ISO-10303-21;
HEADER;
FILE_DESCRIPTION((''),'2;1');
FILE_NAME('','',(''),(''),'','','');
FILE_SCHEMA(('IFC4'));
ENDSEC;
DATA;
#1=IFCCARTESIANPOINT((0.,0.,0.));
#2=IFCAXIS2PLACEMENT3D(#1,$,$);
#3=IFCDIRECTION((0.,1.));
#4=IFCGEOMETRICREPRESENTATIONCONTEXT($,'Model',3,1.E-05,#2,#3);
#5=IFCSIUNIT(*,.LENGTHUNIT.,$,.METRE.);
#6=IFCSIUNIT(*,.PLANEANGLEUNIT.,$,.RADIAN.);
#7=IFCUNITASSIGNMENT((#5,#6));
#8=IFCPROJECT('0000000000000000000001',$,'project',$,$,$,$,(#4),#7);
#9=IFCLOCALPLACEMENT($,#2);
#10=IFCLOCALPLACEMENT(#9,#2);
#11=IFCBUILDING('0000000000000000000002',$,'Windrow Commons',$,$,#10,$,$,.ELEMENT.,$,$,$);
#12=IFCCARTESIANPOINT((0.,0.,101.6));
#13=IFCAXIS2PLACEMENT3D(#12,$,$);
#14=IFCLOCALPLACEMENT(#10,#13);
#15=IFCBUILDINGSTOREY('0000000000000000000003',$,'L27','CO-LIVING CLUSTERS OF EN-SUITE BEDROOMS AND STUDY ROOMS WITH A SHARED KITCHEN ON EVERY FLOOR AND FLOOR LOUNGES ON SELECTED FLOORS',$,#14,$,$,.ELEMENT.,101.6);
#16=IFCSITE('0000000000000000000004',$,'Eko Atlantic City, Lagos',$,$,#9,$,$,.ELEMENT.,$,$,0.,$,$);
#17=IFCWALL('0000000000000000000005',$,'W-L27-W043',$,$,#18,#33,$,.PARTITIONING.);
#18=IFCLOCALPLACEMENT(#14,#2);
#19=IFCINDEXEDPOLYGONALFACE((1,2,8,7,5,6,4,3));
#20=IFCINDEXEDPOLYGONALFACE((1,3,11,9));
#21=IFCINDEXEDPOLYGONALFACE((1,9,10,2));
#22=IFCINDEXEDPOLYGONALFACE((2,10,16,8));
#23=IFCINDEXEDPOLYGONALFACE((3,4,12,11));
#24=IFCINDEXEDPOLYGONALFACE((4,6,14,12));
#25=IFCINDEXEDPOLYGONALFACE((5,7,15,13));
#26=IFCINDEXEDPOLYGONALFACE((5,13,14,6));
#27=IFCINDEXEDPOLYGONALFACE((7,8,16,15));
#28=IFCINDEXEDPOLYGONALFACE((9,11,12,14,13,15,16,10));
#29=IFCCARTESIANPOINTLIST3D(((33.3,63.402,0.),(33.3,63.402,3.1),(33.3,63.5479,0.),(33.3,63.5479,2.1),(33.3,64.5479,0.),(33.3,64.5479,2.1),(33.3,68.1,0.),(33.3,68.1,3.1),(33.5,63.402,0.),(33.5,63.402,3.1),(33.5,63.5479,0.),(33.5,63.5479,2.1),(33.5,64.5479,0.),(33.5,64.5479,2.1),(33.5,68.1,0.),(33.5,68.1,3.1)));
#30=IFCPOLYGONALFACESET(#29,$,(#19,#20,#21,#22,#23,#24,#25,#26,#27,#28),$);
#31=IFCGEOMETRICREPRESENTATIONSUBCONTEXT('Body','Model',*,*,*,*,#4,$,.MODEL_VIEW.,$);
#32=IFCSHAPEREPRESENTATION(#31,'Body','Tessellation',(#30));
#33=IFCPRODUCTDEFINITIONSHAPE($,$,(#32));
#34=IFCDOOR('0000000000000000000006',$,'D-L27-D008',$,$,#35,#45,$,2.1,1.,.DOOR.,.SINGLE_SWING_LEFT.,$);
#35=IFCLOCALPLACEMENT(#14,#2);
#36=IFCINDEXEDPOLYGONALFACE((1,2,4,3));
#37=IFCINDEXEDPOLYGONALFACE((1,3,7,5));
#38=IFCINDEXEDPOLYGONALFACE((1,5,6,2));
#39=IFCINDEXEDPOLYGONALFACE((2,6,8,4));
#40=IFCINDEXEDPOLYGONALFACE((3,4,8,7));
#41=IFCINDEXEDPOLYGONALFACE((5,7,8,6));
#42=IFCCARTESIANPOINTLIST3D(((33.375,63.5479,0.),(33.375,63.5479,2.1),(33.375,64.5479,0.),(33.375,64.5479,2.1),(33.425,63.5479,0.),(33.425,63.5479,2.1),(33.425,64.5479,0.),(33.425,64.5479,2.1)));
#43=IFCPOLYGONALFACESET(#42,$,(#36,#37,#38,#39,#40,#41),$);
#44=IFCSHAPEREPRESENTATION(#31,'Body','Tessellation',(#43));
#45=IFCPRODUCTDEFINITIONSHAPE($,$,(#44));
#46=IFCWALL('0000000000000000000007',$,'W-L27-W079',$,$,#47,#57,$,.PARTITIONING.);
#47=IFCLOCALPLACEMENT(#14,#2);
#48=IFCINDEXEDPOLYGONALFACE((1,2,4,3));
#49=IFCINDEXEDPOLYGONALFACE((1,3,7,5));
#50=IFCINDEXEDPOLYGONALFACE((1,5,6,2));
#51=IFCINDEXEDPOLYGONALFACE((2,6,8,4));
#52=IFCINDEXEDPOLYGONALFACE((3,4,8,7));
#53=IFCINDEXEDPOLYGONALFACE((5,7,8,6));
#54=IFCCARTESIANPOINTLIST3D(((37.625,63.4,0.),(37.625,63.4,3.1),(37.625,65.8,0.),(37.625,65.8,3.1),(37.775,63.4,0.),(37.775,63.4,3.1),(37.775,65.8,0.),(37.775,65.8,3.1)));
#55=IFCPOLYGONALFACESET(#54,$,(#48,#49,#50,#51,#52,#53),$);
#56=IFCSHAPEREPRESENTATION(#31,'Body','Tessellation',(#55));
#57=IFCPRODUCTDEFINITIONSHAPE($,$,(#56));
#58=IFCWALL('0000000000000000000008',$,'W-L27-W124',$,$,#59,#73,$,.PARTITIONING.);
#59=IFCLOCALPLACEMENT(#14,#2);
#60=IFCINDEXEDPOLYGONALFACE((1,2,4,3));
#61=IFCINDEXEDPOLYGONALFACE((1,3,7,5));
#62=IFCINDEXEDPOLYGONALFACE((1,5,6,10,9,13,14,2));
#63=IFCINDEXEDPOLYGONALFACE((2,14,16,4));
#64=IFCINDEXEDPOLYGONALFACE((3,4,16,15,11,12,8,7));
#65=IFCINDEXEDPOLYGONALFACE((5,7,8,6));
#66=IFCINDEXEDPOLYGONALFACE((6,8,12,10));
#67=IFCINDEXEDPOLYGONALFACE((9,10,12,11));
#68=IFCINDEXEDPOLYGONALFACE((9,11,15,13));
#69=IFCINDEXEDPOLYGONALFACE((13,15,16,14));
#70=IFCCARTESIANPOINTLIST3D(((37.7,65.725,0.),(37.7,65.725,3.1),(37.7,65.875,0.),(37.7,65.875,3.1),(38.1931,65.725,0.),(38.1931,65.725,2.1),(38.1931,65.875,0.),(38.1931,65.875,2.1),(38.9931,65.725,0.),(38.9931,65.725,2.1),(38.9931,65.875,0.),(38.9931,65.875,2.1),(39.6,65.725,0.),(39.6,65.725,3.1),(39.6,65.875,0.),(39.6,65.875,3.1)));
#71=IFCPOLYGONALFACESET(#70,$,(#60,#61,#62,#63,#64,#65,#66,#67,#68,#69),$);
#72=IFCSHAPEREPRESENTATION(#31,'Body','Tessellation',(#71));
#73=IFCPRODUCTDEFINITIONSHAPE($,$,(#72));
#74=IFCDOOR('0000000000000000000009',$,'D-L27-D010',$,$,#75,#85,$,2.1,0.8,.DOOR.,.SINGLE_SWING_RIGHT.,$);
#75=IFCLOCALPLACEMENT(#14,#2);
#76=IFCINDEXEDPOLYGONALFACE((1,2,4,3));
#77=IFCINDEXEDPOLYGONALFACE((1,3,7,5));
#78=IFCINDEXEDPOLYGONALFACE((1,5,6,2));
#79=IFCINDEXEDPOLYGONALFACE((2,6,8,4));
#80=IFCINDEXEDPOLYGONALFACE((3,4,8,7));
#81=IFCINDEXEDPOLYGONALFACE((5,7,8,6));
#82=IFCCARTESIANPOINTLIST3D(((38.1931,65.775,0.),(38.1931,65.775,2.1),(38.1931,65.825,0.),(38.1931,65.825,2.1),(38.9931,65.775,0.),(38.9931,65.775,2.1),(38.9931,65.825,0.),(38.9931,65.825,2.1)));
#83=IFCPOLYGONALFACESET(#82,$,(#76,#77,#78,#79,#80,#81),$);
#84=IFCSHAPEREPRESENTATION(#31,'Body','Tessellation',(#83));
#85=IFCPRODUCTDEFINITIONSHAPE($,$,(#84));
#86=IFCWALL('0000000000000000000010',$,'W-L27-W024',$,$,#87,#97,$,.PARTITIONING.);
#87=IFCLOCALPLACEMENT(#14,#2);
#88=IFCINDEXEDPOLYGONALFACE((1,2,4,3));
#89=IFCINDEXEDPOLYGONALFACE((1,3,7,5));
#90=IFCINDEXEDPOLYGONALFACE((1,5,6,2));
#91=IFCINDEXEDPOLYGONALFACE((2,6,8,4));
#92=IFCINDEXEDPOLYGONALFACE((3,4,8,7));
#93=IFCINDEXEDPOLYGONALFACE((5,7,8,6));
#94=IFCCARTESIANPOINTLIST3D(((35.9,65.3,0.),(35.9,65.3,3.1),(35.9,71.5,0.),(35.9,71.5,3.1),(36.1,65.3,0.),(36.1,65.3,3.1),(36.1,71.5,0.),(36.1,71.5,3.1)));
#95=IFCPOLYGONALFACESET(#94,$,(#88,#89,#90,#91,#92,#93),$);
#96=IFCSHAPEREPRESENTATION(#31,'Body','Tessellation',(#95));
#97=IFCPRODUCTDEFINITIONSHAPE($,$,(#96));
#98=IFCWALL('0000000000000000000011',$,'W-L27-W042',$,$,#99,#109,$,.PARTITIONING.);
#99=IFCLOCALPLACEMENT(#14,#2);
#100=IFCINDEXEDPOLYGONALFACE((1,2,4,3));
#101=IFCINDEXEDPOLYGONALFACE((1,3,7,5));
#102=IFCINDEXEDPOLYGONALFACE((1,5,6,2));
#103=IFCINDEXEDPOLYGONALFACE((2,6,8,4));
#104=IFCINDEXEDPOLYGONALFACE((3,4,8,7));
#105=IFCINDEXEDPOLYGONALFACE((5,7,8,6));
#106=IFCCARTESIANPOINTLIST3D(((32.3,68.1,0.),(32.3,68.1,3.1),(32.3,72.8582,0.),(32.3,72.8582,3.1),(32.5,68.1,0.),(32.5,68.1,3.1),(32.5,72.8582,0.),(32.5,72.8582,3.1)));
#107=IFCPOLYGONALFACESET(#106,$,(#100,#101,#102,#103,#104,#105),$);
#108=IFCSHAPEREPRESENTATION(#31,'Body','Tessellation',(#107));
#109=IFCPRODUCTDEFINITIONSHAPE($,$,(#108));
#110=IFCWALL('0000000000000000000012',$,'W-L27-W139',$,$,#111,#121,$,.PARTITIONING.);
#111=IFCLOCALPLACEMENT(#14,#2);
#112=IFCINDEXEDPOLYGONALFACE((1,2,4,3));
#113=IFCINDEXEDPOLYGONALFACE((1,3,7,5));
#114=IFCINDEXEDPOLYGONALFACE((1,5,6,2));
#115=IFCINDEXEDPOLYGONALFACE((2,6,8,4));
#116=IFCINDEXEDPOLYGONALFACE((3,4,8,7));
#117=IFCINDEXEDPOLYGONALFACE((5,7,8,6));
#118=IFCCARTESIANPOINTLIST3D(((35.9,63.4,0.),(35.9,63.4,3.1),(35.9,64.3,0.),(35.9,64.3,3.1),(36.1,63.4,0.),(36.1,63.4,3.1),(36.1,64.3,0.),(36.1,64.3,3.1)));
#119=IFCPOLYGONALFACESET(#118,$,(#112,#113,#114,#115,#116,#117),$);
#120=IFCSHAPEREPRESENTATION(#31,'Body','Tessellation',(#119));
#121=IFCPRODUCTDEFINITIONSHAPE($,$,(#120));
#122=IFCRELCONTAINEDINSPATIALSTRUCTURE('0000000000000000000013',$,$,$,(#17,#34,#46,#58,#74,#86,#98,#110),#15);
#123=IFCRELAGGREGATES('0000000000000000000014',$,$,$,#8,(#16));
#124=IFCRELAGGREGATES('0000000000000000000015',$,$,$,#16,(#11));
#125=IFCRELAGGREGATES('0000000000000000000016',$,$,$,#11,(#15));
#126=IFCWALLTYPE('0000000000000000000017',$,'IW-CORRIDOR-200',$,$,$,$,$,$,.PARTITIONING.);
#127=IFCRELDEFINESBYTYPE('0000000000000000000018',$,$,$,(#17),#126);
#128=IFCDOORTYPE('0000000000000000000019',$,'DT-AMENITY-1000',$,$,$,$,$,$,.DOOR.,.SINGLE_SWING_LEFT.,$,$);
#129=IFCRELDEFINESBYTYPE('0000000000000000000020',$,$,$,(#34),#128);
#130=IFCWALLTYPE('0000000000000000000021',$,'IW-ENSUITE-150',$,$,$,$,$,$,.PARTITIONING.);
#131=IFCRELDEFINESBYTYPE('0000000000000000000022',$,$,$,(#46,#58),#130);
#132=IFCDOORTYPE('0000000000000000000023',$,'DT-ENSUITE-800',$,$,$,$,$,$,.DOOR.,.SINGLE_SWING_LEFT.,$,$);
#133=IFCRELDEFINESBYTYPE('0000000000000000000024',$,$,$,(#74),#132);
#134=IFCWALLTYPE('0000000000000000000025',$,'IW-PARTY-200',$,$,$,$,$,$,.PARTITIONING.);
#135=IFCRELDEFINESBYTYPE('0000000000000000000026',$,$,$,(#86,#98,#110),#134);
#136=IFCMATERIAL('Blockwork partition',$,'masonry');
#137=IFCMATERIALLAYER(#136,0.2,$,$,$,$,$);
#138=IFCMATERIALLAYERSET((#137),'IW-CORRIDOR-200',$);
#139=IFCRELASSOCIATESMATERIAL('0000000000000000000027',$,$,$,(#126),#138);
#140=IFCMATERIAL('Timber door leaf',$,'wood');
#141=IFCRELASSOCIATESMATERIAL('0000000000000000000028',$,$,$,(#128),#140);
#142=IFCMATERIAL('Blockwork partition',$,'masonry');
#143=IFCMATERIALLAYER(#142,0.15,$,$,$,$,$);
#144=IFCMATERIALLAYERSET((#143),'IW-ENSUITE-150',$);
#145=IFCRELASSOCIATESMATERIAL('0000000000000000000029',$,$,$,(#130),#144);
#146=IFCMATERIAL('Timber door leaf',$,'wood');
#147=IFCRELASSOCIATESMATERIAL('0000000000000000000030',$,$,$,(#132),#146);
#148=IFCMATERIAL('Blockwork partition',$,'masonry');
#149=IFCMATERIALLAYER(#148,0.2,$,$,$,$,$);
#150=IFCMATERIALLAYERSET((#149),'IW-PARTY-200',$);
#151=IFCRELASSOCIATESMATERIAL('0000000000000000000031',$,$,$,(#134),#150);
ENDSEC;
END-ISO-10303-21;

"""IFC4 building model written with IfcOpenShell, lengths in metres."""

from ifc_helpers import new_model, si_unit, direction, frame, frame_2d, origin, place, context, subcontext, project, spatial, rectangle, extrude, material, layer, layer_set, type_object, element, fill, save


model = new_model("IFC4")

# Units and contexts
model_context = context("Model", 3, precision=1e-05, world=origin(), true_north=direction((0.0, 1.0)))
body_context = subcontext(model_context, "Body", "Model", "MODEL_VIEW")
ifc_project = project(units=[si_unit("LENGTHUNIT", "METRE"), si_unit("PLANEANGLEUNIT", "RADIAN")], contexts=[model_context])

# Site, building, storey
site_placement = place(None, origin())
site = spatial("IfcSite", under=ifc_project, at=site_placement, Name="Eko Atlantic City, Lagos", CompositionType="ELEMENT", RefElevation=0.0)
building_placement = place(site_placement, origin())
building = spatial("IfcBuilding", under=site, at=building_placement, Name="Windrow Commons", CompositionType="ELEMENT")
storey_placement = place(building_placement, frame((0.0, 0.0, 101.6)))
storey = spatial("IfcBuildingStorey", under=building, at=storey_placement, Name="L27", Description="CO-LIVING CLUSTERS OF EN-SUITE BEDROOMS AND STUDY ROOMS WITH A SHARED KITCHEN ON EVERY FLOOR AND FLOOR LOUNGES ON SELECTED FLOORS", CompositionType="ELEMENT", Elevation=101.6)

# Shared definitions
ifc_material_1 = material(Name="Blockwork partition", Category="masonry")
ifc_layer_1 = layer(ifc_material_1, 0.2)
ifc_layer_set_1 = layer_set([ifc_layer_1], Name="IW-CORRIDOR-200")
wall_type_1 = type_object("IfcWallType", Name="IW-CORRIDOR-200", PredefinedType="PARTITIONING", material=ifc_layer_set_1)
ifc_material_2 = material(Name="Timber door leaf", Category="wood")
door_type_1 = type_object("IfcDoorType", Name="DT-AMENITY-1000", OperationType="SINGLE_SWING_LEFT", PredefinedType="DOOR", material=ifc_material_2)

# Wall, opening, door
wall_1_placement = place(storey_placement, frame((33.4, 63.402, 0.0), z_axis=(0.0, 0.0, 1.0), x_axis=(0.0, 1.0, 0.0)))
wall_1 = element("IfcWall", 1, at=wall_1_placement, inside=storey, type_object=wall_type_1, Name="W-L27-W043", PredefinedType="PARTITIONING", context=body_context, shape_type="SweptSolid", body=[
    extrude(rectangle(XDim=4.698, YDim=0.2, at=frame_2d((2.349, 0.0))), origin(), (0.0, 0.0, 1.0), 3.1),
])
opening_1_placement = place(wall_1_placement, frame((0.1459, 0.0, 0.0)))
opening_1 = element("IfcOpeningElement", 2, at=opening_1_placement, cuts=wall_1, PredefinedType="OPENING", context=body_context, shape_type="SweptSolid", body=[
    extrude(rectangle(XDim=1.0, YDim=2.1, at=frame_2d((0.5, 1.05))), frame((0.0, 0.11, 0.0), z_axis=(0.0, -1.0, 0.0), x_axis=(1.0, 0.0, 0.0)), (0.0, 0.0, 1.0), 0.22),
])
door_1_placement = place(opening_1_placement, origin())
door_1 = element("IfcDoor", 3, at=door_1_placement, inside=storey, type_object=door_type_1, Name="D-L27-D008", OperationType="SINGLE_SWING_LEFT", OverallHeight=2.1, OverallWidth=1.0, PredefinedType="DOOR", context=body_context, shape_type="SweptSolid", body=[
    extrude(rectangle(XDim=1.0, YDim=2.1, at=frame_2d((0.5, 1.05))), frame((0.0, 0.025, 0.0), z_axis=(0.0, -1.0, 0.0), x_axis=(1.0, 0.0, 0.0)), (0.0, 0.0, 1.0), 0.05),
])
fill(opening_1, door_1)

# Wall
ifc_material_3 = material(Name="Blockwork partition", Category="masonry")
ifc_layer_2 = layer(ifc_material_3, 0.15)
ifc_layer_set_2 = layer_set([ifc_layer_2], Name="IW-ENSUITE-150")
wall_type_2 = type_object("IfcWallType", Name="IW-ENSUITE-150", PredefinedType="PARTITIONING", material=ifc_layer_set_2)
wall_2_placement = place(storey_placement, frame((37.7, 63.4, 0.0), z_axis=(0.0, 0.0, 1.0), x_axis=(0.0, 1.0, 0.0)))
element("IfcWall", 4, at=wall_2_placement, inside=storey, type_object=wall_type_2, Name="W-L27-W079", PredefinedType="PARTITIONING", context=body_context, shape_type="SweptSolid", body=[
    extrude(rectangle(XDim=2.4, YDim=0.15, at=frame_2d((1.2, 0.0))), origin(), (0.0, 0.0, 1.0), 3.1),
])

# Wall, opening, door
wall_3_placement = place(storey_placement, frame((37.7, 65.8, 0.0), z_axis=(0.0, 0.0, 1.0), x_axis=(1.0, 0.0, 0.0)))
wall_3 = element("IfcWall", 5, at=wall_3_placement, inside=storey, type_object=wall_type_2, Name="W-L27-W124", PredefinedType="PARTITIONING", context=body_context, shape_type="SweptSolid", body=[
    extrude(rectangle(XDim=1.9, YDim=0.15, at=frame_2d((0.95, 0.0))), origin(), (0.0, 0.0, 1.0), 3.1),
])
opening_2_placement = place(wall_3_placement, frame((0.4931, 0.0, 0.0)))
opening_2 = element("IfcOpeningElement", 6, at=opening_2_placement, cuts=wall_3, PredefinedType="OPENING", context=body_context, shape_type="SweptSolid", body=[
    extrude(rectangle(XDim=0.8, YDim=2.1, at=frame_2d((0.4, 1.05))), frame((0.0, 0.085, 0.0), z_axis=(0.0, -1.0, 0.0), x_axis=(1.0, 0.0, 0.0)), (0.0, 0.0, 1.0), 0.17),
])
ifc_material_4 = material(Name="Timber door leaf", Category="wood")
door_type_2 = type_object("IfcDoorType", Name="DT-ENSUITE-800", OperationType="SINGLE_SWING_LEFT", PredefinedType="DOOR", material=ifc_material_4)
door_2_placement = place(opening_2_placement, origin())
door_2 = element("IfcDoor", 7, at=door_2_placement, inside=storey, type_object=door_type_2, Name="D-L27-D010", OperationType="SINGLE_SWING_RIGHT", OverallHeight=2.1, OverallWidth=0.8, PredefinedType="DOOR", context=body_context, shape_type="SweptSolid", body=[
    extrude(rectangle(XDim=0.8, YDim=2.1, at=frame_2d((0.4, 1.05))), frame((0.0, 0.025, 0.0), z_axis=(0.0, -1.0, 0.0), x_axis=(1.0, 0.0, 0.0)), (0.0, 0.0, 1.0), 0.05),
])
fill(opening_2, door_2)

# Walls
ifc_material_5 = material(Name="Blockwork partition", Category="masonry")
ifc_layer_3 = layer(ifc_material_5, 0.2)
ifc_layer_set_3 = layer_set([ifc_layer_3], Name="IW-PARTY-200")
wall_type_3 = type_object("IfcWallType", Name="IW-PARTY-200", PredefinedType="PARTITIONING", material=ifc_layer_set_3)
wall_4_placement = place(storey_placement, frame((36.0, 65.3, 0.0), z_axis=(0.0, 0.0, 1.0), x_axis=(0.0, 1.0, 0.0)))
element("IfcWall", 8, at=wall_4_placement, inside=storey, type_object=wall_type_3, Name="W-L27-W024", PredefinedType="PARTITIONING", context=body_context, shape_type="SweptSolid", body=[
    extrude(rectangle(XDim=6.2, YDim=0.2, at=frame_2d((3.1, 0.0))), origin(), (0.0, 0.0, 1.0), 3.1),
])
wall_5_placement = place(storey_placement, frame((32.4, 68.1, 0.0), z_axis=(0.0, 0.0, 1.0), x_axis=(0.0, 1.0, 0.0)))
element("IfcWall", 9, at=wall_5_placement, inside=storey, type_object=wall_type_3, Name="W-L27-W042", PredefinedType="PARTITIONING", context=body_context, shape_type="SweptSolid", body=[
    extrude(rectangle(XDim=4.7582, YDim=0.2, at=frame_2d((2.3791, 0.0))), origin(), (0.0, 0.0, 1.0), 3.1),
])
wall_6_placement = place(storey_placement, frame((36.0, 63.4, 0.0), z_axis=(0.0, 0.0, 1.0), x_axis=(0.0, 1.0, 0.0)))
element("IfcWall", 10, at=wall_6_placement, inside=storey, type_object=wall_type_3, Name="W-L27-W139", PredefinedType="PARTITIONING", context=body_context, shape_type="SweptSolid", body=[
    extrude(rectangle(XDim=0.9, YDim=0.2, at=frame_2d((0.45, 0.0))), origin(), (0.0, 0.0, 1.0), 3.1),
])

save(model, "model.ifc")
